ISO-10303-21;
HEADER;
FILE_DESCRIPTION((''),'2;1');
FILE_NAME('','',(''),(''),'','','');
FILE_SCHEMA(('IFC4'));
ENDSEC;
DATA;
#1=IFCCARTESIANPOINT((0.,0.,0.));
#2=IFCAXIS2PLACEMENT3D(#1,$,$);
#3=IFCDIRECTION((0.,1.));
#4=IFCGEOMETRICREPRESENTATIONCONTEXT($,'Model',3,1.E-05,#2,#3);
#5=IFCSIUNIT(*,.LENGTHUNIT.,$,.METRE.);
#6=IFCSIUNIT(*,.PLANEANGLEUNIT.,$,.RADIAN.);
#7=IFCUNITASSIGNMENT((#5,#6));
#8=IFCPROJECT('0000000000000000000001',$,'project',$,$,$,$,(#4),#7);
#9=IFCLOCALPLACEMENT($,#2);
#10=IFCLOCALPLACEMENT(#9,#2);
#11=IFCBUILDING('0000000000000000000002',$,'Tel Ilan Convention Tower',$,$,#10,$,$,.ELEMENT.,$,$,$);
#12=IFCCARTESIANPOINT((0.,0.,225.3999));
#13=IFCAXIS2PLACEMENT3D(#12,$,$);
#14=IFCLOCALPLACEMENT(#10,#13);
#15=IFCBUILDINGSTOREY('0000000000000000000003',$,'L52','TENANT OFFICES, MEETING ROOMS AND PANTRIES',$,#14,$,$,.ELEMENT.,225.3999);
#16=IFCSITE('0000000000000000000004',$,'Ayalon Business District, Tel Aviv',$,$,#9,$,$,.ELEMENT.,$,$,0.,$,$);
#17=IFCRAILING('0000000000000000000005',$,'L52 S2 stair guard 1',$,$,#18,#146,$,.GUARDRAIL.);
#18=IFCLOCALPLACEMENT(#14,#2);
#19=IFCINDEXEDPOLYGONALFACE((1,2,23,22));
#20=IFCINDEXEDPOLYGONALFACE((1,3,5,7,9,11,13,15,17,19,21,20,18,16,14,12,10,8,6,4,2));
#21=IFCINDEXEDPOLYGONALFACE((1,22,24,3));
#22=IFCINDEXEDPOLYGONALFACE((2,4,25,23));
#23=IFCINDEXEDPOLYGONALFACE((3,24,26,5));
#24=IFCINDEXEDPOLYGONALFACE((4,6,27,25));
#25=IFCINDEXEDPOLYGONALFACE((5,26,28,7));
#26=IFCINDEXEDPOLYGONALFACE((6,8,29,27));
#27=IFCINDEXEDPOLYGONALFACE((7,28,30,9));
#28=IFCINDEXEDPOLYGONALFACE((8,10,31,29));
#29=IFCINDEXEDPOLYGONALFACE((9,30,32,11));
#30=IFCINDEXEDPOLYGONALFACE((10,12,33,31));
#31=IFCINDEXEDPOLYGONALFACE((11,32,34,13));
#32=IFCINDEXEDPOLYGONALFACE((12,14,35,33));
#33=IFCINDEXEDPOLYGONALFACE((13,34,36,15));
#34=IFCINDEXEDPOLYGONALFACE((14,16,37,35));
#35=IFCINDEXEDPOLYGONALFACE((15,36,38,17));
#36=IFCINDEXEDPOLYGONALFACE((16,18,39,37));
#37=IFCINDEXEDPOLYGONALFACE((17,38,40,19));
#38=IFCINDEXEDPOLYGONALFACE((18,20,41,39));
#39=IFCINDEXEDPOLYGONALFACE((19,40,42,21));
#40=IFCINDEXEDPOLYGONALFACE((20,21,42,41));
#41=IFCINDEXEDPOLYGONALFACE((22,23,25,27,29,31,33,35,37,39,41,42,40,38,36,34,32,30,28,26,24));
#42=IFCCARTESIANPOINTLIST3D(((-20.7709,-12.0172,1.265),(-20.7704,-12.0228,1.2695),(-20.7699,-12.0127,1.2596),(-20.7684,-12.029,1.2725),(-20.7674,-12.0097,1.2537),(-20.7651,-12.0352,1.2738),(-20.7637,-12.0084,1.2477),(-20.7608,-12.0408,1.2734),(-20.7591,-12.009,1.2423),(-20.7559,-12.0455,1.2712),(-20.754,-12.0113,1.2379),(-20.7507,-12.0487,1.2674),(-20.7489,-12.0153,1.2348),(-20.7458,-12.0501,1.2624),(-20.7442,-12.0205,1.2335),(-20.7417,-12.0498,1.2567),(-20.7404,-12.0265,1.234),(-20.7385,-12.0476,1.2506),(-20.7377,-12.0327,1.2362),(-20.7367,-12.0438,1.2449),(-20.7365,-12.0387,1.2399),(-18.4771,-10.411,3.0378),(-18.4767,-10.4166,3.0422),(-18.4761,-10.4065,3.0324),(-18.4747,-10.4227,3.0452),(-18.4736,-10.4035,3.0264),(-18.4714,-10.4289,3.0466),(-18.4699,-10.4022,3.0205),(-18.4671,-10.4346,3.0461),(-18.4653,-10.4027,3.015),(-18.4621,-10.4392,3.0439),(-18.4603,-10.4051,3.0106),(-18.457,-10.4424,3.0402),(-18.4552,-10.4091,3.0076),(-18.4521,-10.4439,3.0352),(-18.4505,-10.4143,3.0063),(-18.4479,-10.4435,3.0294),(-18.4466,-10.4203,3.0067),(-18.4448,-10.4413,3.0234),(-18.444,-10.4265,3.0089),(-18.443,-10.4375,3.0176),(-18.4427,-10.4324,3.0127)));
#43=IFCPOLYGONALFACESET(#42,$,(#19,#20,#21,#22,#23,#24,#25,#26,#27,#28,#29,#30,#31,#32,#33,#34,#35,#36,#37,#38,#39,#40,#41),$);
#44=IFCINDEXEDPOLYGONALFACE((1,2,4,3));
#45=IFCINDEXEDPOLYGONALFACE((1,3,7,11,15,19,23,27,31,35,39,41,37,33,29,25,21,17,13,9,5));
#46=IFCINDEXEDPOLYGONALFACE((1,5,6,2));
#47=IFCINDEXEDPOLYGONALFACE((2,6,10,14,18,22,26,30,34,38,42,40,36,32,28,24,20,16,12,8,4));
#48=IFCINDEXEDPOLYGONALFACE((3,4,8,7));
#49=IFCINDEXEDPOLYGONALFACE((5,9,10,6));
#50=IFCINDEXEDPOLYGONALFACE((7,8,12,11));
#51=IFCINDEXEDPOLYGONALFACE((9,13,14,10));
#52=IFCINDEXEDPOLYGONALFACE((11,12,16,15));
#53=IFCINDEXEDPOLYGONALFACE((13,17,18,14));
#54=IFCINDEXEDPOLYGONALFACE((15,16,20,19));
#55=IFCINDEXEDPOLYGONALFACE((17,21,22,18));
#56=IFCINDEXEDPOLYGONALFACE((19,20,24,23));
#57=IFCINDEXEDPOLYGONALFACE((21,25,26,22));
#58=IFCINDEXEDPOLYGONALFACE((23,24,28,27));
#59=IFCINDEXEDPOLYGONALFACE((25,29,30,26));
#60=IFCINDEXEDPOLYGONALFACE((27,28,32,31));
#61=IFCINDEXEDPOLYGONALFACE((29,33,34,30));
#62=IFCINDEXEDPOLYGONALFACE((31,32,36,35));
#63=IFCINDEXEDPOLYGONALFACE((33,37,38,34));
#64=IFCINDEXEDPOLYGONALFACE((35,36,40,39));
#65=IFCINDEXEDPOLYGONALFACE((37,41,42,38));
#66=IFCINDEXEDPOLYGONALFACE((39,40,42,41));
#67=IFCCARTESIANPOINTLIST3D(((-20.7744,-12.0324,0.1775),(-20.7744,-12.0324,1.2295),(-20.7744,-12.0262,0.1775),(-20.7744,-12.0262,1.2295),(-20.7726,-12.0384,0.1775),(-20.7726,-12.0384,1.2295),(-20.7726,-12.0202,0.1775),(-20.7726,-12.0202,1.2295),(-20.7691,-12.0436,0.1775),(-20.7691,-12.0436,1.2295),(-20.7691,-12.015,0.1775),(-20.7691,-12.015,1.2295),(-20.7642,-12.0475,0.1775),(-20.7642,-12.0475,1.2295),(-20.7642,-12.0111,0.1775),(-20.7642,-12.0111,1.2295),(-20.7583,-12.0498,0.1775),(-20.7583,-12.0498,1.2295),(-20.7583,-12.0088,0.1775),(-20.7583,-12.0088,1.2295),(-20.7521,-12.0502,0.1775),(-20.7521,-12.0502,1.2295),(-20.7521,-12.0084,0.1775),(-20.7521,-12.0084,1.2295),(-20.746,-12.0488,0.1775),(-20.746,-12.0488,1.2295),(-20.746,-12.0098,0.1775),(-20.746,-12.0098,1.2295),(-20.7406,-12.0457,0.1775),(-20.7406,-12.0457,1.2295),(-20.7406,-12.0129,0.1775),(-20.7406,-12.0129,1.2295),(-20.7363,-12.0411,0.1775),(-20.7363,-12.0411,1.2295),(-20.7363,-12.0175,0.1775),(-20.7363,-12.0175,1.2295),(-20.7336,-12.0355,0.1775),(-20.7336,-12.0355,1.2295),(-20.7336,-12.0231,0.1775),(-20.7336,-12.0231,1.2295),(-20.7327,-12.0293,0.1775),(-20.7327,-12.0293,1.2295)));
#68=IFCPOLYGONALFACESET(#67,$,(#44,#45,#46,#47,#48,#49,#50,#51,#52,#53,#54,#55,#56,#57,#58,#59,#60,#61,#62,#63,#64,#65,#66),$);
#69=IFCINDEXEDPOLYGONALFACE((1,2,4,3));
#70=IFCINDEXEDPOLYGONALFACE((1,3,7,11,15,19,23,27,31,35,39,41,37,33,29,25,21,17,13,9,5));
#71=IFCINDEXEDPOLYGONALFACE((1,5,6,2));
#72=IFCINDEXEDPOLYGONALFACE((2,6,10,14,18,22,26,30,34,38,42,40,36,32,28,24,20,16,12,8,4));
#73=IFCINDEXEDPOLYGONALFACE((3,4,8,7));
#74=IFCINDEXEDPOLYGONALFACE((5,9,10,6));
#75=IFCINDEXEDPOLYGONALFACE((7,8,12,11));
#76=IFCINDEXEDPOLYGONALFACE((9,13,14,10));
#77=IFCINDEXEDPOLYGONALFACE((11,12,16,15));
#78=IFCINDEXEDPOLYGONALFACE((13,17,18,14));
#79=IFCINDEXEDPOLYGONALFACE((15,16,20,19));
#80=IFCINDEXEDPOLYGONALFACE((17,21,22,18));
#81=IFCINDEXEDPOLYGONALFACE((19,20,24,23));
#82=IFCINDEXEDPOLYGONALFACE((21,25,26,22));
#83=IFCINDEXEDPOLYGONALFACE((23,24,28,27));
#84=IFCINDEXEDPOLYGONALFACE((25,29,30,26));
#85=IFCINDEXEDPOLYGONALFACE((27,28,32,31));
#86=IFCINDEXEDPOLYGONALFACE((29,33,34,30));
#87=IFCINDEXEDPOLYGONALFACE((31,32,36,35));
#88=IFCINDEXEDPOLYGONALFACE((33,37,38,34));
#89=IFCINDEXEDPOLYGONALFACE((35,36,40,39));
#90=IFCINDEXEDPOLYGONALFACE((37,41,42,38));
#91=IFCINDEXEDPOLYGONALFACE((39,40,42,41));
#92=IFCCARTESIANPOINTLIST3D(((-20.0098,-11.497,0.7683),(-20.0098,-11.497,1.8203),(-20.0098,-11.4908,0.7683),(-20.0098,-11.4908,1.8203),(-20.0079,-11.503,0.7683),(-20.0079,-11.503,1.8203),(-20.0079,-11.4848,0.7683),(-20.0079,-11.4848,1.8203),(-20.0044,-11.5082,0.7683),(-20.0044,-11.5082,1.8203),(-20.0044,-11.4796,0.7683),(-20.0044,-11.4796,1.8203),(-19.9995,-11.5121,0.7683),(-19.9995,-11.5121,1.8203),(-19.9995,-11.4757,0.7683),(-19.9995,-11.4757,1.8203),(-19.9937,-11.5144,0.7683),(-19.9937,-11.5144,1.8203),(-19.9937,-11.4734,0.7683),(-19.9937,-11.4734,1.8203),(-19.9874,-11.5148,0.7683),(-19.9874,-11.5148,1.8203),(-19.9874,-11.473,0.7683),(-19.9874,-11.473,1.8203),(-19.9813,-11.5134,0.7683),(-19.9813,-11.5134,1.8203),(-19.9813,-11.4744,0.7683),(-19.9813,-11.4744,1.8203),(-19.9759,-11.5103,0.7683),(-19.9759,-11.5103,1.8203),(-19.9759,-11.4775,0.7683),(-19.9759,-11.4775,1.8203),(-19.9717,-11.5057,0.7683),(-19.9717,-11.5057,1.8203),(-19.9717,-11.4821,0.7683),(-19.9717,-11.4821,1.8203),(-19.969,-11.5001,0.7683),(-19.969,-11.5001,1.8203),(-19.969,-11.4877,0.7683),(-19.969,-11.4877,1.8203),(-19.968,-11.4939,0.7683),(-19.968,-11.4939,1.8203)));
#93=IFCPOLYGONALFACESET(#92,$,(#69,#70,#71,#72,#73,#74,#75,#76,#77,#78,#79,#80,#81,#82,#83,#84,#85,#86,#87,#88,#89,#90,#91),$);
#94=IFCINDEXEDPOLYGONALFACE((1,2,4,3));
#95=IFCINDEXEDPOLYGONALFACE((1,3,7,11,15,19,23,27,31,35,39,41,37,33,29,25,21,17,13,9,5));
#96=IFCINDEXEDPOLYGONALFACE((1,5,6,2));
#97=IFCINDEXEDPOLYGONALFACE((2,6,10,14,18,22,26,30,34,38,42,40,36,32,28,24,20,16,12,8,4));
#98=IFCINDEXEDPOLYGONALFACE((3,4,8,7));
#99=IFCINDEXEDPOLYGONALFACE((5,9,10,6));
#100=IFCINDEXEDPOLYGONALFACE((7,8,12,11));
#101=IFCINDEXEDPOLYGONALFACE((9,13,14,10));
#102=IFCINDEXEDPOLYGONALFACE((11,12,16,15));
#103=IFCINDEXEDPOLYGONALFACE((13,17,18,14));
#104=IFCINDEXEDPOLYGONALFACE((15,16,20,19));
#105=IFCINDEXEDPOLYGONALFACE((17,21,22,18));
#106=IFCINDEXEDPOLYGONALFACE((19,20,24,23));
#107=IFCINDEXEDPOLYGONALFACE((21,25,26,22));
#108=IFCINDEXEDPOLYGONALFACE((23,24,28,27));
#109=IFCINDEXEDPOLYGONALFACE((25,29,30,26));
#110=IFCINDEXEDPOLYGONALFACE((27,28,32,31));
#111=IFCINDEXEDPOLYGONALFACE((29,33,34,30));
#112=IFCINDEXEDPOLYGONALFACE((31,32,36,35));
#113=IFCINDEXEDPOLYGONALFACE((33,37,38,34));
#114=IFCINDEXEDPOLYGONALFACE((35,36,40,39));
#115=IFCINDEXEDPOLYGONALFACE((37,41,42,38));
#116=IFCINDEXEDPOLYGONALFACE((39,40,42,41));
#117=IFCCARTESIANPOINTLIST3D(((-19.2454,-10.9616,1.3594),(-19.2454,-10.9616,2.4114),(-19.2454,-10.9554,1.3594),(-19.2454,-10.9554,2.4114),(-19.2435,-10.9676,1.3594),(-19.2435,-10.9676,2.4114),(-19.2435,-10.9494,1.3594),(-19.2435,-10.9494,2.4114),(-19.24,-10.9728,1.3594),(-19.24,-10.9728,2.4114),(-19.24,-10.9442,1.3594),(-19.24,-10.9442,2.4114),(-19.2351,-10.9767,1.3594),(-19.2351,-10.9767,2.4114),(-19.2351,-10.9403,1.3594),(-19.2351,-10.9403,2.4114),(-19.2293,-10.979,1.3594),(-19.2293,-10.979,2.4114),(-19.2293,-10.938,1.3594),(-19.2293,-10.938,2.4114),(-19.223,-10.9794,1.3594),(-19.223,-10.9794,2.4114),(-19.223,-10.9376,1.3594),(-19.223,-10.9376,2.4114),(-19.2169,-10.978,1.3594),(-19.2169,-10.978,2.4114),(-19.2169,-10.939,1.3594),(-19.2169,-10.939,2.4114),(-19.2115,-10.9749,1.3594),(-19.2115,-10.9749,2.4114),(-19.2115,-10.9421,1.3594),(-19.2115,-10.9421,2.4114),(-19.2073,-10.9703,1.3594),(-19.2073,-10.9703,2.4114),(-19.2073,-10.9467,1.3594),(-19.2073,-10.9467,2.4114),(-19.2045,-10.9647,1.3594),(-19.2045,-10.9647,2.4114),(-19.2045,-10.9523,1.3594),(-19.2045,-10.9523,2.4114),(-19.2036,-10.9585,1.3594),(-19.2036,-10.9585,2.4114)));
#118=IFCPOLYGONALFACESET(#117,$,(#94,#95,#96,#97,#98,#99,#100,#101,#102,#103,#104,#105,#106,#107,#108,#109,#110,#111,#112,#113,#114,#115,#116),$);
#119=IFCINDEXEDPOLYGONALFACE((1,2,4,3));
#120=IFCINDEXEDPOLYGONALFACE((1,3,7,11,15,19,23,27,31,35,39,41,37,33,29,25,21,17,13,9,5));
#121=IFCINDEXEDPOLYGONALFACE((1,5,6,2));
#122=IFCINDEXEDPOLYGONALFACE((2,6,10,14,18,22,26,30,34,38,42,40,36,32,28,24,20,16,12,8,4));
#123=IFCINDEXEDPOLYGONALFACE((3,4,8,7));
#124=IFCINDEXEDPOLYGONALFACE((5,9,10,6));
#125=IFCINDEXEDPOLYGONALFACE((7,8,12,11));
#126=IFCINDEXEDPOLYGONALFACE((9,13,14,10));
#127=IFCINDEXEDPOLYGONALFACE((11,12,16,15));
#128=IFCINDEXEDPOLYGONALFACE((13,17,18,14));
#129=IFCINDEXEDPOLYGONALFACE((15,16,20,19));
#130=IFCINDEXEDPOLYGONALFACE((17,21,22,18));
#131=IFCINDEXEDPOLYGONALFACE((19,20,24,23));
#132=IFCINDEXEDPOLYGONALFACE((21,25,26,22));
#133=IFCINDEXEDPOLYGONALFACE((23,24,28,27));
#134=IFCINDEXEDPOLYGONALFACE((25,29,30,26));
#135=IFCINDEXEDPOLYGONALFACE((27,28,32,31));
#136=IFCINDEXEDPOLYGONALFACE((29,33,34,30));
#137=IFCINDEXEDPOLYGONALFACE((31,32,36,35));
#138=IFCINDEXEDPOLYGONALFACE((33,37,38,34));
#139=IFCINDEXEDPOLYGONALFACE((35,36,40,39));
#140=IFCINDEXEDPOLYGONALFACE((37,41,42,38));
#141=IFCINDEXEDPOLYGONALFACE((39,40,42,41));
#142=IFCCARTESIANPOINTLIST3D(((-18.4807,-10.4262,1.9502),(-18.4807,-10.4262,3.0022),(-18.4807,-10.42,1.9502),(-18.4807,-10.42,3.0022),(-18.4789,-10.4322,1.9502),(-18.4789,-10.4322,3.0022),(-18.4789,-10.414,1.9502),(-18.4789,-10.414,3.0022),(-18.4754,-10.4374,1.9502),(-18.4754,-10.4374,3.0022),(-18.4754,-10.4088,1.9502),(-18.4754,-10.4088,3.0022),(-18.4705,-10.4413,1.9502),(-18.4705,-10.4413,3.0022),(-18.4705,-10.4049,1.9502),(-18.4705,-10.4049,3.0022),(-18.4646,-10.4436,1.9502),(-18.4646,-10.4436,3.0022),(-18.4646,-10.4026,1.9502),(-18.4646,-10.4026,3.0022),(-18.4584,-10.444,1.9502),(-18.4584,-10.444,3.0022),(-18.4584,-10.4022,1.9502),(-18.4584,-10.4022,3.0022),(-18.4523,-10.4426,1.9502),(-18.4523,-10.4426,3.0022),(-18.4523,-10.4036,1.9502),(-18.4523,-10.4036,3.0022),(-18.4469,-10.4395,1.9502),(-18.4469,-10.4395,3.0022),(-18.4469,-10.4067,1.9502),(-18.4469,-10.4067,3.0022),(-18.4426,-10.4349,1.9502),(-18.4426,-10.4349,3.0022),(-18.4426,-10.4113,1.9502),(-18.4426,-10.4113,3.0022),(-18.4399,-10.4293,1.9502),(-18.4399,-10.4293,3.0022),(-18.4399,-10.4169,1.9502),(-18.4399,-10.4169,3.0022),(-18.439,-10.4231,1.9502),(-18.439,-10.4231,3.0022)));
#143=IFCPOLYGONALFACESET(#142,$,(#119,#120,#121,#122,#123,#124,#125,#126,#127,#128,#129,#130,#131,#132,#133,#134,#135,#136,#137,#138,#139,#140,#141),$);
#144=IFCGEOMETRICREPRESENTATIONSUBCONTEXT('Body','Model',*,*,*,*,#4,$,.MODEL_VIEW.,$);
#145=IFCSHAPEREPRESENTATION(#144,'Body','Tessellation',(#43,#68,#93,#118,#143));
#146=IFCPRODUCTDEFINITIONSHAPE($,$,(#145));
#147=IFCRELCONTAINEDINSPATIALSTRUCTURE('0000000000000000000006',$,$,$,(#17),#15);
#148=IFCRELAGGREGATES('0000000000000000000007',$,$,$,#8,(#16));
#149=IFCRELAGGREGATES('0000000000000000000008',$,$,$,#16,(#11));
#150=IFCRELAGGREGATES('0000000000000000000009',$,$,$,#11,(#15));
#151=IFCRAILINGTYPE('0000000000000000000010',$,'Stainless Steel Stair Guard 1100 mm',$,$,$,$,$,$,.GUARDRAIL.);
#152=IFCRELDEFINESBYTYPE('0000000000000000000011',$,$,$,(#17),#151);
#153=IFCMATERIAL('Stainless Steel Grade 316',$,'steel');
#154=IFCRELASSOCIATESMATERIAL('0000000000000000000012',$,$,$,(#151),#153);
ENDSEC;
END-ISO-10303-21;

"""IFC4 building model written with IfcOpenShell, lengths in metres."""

from ifc_helpers import new_model, si_unit, direction, frame, origin, origin_2d, place, context, subcontext, project, spatial, circle, extrude, material, type_object, element, save


model = new_model("IFC4")

# Units and contexts
model_context = context("Model", 3, precision=1e-05, world=origin(), true_north=direction((0.0, 1.0)))
body_context = subcontext(model_context, "Body", "Model", "MODEL_VIEW")
ifc_project = project(units=[si_unit("LENGTHUNIT", "METRE"), si_unit("PLANEANGLEUNIT", "RADIAN")], contexts=[model_context])

# Site, building, storey
site_placement = place(None, origin())
site = spatial("IfcSite", under=ifc_project, at=site_placement, Name="Ayalon Business District, Tel Aviv", CompositionType="ELEMENT", RefElevation=0.0)
building_placement = place(site_placement, origin())
building = spatial("IfcBuilding", under=site, at=building_placement, Name="Tel Ilan Convention Tower", CompositionType="ELEMENT")
storey_placement = place(building_placement, frame((0.0, 0.0, 225.3999)))
storey = spatial("IfcBuildingStorey", under=building, at=storey_placement, Name="L52", Description="TENANT OFFICES, MEETING ROOMS AND PANTRIES", CompositionType="ELEMENT", Elevation=225.3999)

# Railing
ifc_material_1 = material(Name="Stainless Steel Grade 316", Category="steel")
railing_type_1 = type_object("IfcRailingType", Name="Stainless Steel Stair Guard 1100 mm", PredefinedType="GUARDRAIL", material=ifc_material_1)
for number, where, name in (
    (1, (-20.7537, -12.0293, 0.1775), "L52 S2 stair guard 1"),
):
    element("IfcRailing", number, at=place(storey_placement, frame(where)), inside=storey, type_object=railing_type_1, Name=name, PredefinedType="GUARDRAIL", context=body_context, shape_type="SweptSolid", body=[
        extrude(circle(Radius=0.0239, at=origin_2d()), frame((0.0, 0.0, 1.0762), z_axis=(0.692098, 0.484653, 0.534894), x_axis=(-0.573609, 0.81913, 0.0)), (0.0, 0.0, 1.0), 3.3142),
        extrude(circle(Radius=0.021, at=origin_2d()), origin(), (0.0, 0.0, 1.0), 1.052),
        extrude(circle(Radius=0.021, at=origin_2d()), frame((0.7646, 0.5354, 0.5908)), (0.0, 0.0, 1.0), 1.052),
        extrude(circle(Radius=0.021, at=origin_2d()), frame((1.5291, 1.0708, 1.1819)), (0.0, 0.0, 1.0), 1.052),
        extrude(circle(Radius=0.021, at=origin_2d()), frame((2.2937, 1.6062, 1.7727)), (0.0, 0.0, 1.0), 1.052),
    ])

save(model, "model.ifc")
